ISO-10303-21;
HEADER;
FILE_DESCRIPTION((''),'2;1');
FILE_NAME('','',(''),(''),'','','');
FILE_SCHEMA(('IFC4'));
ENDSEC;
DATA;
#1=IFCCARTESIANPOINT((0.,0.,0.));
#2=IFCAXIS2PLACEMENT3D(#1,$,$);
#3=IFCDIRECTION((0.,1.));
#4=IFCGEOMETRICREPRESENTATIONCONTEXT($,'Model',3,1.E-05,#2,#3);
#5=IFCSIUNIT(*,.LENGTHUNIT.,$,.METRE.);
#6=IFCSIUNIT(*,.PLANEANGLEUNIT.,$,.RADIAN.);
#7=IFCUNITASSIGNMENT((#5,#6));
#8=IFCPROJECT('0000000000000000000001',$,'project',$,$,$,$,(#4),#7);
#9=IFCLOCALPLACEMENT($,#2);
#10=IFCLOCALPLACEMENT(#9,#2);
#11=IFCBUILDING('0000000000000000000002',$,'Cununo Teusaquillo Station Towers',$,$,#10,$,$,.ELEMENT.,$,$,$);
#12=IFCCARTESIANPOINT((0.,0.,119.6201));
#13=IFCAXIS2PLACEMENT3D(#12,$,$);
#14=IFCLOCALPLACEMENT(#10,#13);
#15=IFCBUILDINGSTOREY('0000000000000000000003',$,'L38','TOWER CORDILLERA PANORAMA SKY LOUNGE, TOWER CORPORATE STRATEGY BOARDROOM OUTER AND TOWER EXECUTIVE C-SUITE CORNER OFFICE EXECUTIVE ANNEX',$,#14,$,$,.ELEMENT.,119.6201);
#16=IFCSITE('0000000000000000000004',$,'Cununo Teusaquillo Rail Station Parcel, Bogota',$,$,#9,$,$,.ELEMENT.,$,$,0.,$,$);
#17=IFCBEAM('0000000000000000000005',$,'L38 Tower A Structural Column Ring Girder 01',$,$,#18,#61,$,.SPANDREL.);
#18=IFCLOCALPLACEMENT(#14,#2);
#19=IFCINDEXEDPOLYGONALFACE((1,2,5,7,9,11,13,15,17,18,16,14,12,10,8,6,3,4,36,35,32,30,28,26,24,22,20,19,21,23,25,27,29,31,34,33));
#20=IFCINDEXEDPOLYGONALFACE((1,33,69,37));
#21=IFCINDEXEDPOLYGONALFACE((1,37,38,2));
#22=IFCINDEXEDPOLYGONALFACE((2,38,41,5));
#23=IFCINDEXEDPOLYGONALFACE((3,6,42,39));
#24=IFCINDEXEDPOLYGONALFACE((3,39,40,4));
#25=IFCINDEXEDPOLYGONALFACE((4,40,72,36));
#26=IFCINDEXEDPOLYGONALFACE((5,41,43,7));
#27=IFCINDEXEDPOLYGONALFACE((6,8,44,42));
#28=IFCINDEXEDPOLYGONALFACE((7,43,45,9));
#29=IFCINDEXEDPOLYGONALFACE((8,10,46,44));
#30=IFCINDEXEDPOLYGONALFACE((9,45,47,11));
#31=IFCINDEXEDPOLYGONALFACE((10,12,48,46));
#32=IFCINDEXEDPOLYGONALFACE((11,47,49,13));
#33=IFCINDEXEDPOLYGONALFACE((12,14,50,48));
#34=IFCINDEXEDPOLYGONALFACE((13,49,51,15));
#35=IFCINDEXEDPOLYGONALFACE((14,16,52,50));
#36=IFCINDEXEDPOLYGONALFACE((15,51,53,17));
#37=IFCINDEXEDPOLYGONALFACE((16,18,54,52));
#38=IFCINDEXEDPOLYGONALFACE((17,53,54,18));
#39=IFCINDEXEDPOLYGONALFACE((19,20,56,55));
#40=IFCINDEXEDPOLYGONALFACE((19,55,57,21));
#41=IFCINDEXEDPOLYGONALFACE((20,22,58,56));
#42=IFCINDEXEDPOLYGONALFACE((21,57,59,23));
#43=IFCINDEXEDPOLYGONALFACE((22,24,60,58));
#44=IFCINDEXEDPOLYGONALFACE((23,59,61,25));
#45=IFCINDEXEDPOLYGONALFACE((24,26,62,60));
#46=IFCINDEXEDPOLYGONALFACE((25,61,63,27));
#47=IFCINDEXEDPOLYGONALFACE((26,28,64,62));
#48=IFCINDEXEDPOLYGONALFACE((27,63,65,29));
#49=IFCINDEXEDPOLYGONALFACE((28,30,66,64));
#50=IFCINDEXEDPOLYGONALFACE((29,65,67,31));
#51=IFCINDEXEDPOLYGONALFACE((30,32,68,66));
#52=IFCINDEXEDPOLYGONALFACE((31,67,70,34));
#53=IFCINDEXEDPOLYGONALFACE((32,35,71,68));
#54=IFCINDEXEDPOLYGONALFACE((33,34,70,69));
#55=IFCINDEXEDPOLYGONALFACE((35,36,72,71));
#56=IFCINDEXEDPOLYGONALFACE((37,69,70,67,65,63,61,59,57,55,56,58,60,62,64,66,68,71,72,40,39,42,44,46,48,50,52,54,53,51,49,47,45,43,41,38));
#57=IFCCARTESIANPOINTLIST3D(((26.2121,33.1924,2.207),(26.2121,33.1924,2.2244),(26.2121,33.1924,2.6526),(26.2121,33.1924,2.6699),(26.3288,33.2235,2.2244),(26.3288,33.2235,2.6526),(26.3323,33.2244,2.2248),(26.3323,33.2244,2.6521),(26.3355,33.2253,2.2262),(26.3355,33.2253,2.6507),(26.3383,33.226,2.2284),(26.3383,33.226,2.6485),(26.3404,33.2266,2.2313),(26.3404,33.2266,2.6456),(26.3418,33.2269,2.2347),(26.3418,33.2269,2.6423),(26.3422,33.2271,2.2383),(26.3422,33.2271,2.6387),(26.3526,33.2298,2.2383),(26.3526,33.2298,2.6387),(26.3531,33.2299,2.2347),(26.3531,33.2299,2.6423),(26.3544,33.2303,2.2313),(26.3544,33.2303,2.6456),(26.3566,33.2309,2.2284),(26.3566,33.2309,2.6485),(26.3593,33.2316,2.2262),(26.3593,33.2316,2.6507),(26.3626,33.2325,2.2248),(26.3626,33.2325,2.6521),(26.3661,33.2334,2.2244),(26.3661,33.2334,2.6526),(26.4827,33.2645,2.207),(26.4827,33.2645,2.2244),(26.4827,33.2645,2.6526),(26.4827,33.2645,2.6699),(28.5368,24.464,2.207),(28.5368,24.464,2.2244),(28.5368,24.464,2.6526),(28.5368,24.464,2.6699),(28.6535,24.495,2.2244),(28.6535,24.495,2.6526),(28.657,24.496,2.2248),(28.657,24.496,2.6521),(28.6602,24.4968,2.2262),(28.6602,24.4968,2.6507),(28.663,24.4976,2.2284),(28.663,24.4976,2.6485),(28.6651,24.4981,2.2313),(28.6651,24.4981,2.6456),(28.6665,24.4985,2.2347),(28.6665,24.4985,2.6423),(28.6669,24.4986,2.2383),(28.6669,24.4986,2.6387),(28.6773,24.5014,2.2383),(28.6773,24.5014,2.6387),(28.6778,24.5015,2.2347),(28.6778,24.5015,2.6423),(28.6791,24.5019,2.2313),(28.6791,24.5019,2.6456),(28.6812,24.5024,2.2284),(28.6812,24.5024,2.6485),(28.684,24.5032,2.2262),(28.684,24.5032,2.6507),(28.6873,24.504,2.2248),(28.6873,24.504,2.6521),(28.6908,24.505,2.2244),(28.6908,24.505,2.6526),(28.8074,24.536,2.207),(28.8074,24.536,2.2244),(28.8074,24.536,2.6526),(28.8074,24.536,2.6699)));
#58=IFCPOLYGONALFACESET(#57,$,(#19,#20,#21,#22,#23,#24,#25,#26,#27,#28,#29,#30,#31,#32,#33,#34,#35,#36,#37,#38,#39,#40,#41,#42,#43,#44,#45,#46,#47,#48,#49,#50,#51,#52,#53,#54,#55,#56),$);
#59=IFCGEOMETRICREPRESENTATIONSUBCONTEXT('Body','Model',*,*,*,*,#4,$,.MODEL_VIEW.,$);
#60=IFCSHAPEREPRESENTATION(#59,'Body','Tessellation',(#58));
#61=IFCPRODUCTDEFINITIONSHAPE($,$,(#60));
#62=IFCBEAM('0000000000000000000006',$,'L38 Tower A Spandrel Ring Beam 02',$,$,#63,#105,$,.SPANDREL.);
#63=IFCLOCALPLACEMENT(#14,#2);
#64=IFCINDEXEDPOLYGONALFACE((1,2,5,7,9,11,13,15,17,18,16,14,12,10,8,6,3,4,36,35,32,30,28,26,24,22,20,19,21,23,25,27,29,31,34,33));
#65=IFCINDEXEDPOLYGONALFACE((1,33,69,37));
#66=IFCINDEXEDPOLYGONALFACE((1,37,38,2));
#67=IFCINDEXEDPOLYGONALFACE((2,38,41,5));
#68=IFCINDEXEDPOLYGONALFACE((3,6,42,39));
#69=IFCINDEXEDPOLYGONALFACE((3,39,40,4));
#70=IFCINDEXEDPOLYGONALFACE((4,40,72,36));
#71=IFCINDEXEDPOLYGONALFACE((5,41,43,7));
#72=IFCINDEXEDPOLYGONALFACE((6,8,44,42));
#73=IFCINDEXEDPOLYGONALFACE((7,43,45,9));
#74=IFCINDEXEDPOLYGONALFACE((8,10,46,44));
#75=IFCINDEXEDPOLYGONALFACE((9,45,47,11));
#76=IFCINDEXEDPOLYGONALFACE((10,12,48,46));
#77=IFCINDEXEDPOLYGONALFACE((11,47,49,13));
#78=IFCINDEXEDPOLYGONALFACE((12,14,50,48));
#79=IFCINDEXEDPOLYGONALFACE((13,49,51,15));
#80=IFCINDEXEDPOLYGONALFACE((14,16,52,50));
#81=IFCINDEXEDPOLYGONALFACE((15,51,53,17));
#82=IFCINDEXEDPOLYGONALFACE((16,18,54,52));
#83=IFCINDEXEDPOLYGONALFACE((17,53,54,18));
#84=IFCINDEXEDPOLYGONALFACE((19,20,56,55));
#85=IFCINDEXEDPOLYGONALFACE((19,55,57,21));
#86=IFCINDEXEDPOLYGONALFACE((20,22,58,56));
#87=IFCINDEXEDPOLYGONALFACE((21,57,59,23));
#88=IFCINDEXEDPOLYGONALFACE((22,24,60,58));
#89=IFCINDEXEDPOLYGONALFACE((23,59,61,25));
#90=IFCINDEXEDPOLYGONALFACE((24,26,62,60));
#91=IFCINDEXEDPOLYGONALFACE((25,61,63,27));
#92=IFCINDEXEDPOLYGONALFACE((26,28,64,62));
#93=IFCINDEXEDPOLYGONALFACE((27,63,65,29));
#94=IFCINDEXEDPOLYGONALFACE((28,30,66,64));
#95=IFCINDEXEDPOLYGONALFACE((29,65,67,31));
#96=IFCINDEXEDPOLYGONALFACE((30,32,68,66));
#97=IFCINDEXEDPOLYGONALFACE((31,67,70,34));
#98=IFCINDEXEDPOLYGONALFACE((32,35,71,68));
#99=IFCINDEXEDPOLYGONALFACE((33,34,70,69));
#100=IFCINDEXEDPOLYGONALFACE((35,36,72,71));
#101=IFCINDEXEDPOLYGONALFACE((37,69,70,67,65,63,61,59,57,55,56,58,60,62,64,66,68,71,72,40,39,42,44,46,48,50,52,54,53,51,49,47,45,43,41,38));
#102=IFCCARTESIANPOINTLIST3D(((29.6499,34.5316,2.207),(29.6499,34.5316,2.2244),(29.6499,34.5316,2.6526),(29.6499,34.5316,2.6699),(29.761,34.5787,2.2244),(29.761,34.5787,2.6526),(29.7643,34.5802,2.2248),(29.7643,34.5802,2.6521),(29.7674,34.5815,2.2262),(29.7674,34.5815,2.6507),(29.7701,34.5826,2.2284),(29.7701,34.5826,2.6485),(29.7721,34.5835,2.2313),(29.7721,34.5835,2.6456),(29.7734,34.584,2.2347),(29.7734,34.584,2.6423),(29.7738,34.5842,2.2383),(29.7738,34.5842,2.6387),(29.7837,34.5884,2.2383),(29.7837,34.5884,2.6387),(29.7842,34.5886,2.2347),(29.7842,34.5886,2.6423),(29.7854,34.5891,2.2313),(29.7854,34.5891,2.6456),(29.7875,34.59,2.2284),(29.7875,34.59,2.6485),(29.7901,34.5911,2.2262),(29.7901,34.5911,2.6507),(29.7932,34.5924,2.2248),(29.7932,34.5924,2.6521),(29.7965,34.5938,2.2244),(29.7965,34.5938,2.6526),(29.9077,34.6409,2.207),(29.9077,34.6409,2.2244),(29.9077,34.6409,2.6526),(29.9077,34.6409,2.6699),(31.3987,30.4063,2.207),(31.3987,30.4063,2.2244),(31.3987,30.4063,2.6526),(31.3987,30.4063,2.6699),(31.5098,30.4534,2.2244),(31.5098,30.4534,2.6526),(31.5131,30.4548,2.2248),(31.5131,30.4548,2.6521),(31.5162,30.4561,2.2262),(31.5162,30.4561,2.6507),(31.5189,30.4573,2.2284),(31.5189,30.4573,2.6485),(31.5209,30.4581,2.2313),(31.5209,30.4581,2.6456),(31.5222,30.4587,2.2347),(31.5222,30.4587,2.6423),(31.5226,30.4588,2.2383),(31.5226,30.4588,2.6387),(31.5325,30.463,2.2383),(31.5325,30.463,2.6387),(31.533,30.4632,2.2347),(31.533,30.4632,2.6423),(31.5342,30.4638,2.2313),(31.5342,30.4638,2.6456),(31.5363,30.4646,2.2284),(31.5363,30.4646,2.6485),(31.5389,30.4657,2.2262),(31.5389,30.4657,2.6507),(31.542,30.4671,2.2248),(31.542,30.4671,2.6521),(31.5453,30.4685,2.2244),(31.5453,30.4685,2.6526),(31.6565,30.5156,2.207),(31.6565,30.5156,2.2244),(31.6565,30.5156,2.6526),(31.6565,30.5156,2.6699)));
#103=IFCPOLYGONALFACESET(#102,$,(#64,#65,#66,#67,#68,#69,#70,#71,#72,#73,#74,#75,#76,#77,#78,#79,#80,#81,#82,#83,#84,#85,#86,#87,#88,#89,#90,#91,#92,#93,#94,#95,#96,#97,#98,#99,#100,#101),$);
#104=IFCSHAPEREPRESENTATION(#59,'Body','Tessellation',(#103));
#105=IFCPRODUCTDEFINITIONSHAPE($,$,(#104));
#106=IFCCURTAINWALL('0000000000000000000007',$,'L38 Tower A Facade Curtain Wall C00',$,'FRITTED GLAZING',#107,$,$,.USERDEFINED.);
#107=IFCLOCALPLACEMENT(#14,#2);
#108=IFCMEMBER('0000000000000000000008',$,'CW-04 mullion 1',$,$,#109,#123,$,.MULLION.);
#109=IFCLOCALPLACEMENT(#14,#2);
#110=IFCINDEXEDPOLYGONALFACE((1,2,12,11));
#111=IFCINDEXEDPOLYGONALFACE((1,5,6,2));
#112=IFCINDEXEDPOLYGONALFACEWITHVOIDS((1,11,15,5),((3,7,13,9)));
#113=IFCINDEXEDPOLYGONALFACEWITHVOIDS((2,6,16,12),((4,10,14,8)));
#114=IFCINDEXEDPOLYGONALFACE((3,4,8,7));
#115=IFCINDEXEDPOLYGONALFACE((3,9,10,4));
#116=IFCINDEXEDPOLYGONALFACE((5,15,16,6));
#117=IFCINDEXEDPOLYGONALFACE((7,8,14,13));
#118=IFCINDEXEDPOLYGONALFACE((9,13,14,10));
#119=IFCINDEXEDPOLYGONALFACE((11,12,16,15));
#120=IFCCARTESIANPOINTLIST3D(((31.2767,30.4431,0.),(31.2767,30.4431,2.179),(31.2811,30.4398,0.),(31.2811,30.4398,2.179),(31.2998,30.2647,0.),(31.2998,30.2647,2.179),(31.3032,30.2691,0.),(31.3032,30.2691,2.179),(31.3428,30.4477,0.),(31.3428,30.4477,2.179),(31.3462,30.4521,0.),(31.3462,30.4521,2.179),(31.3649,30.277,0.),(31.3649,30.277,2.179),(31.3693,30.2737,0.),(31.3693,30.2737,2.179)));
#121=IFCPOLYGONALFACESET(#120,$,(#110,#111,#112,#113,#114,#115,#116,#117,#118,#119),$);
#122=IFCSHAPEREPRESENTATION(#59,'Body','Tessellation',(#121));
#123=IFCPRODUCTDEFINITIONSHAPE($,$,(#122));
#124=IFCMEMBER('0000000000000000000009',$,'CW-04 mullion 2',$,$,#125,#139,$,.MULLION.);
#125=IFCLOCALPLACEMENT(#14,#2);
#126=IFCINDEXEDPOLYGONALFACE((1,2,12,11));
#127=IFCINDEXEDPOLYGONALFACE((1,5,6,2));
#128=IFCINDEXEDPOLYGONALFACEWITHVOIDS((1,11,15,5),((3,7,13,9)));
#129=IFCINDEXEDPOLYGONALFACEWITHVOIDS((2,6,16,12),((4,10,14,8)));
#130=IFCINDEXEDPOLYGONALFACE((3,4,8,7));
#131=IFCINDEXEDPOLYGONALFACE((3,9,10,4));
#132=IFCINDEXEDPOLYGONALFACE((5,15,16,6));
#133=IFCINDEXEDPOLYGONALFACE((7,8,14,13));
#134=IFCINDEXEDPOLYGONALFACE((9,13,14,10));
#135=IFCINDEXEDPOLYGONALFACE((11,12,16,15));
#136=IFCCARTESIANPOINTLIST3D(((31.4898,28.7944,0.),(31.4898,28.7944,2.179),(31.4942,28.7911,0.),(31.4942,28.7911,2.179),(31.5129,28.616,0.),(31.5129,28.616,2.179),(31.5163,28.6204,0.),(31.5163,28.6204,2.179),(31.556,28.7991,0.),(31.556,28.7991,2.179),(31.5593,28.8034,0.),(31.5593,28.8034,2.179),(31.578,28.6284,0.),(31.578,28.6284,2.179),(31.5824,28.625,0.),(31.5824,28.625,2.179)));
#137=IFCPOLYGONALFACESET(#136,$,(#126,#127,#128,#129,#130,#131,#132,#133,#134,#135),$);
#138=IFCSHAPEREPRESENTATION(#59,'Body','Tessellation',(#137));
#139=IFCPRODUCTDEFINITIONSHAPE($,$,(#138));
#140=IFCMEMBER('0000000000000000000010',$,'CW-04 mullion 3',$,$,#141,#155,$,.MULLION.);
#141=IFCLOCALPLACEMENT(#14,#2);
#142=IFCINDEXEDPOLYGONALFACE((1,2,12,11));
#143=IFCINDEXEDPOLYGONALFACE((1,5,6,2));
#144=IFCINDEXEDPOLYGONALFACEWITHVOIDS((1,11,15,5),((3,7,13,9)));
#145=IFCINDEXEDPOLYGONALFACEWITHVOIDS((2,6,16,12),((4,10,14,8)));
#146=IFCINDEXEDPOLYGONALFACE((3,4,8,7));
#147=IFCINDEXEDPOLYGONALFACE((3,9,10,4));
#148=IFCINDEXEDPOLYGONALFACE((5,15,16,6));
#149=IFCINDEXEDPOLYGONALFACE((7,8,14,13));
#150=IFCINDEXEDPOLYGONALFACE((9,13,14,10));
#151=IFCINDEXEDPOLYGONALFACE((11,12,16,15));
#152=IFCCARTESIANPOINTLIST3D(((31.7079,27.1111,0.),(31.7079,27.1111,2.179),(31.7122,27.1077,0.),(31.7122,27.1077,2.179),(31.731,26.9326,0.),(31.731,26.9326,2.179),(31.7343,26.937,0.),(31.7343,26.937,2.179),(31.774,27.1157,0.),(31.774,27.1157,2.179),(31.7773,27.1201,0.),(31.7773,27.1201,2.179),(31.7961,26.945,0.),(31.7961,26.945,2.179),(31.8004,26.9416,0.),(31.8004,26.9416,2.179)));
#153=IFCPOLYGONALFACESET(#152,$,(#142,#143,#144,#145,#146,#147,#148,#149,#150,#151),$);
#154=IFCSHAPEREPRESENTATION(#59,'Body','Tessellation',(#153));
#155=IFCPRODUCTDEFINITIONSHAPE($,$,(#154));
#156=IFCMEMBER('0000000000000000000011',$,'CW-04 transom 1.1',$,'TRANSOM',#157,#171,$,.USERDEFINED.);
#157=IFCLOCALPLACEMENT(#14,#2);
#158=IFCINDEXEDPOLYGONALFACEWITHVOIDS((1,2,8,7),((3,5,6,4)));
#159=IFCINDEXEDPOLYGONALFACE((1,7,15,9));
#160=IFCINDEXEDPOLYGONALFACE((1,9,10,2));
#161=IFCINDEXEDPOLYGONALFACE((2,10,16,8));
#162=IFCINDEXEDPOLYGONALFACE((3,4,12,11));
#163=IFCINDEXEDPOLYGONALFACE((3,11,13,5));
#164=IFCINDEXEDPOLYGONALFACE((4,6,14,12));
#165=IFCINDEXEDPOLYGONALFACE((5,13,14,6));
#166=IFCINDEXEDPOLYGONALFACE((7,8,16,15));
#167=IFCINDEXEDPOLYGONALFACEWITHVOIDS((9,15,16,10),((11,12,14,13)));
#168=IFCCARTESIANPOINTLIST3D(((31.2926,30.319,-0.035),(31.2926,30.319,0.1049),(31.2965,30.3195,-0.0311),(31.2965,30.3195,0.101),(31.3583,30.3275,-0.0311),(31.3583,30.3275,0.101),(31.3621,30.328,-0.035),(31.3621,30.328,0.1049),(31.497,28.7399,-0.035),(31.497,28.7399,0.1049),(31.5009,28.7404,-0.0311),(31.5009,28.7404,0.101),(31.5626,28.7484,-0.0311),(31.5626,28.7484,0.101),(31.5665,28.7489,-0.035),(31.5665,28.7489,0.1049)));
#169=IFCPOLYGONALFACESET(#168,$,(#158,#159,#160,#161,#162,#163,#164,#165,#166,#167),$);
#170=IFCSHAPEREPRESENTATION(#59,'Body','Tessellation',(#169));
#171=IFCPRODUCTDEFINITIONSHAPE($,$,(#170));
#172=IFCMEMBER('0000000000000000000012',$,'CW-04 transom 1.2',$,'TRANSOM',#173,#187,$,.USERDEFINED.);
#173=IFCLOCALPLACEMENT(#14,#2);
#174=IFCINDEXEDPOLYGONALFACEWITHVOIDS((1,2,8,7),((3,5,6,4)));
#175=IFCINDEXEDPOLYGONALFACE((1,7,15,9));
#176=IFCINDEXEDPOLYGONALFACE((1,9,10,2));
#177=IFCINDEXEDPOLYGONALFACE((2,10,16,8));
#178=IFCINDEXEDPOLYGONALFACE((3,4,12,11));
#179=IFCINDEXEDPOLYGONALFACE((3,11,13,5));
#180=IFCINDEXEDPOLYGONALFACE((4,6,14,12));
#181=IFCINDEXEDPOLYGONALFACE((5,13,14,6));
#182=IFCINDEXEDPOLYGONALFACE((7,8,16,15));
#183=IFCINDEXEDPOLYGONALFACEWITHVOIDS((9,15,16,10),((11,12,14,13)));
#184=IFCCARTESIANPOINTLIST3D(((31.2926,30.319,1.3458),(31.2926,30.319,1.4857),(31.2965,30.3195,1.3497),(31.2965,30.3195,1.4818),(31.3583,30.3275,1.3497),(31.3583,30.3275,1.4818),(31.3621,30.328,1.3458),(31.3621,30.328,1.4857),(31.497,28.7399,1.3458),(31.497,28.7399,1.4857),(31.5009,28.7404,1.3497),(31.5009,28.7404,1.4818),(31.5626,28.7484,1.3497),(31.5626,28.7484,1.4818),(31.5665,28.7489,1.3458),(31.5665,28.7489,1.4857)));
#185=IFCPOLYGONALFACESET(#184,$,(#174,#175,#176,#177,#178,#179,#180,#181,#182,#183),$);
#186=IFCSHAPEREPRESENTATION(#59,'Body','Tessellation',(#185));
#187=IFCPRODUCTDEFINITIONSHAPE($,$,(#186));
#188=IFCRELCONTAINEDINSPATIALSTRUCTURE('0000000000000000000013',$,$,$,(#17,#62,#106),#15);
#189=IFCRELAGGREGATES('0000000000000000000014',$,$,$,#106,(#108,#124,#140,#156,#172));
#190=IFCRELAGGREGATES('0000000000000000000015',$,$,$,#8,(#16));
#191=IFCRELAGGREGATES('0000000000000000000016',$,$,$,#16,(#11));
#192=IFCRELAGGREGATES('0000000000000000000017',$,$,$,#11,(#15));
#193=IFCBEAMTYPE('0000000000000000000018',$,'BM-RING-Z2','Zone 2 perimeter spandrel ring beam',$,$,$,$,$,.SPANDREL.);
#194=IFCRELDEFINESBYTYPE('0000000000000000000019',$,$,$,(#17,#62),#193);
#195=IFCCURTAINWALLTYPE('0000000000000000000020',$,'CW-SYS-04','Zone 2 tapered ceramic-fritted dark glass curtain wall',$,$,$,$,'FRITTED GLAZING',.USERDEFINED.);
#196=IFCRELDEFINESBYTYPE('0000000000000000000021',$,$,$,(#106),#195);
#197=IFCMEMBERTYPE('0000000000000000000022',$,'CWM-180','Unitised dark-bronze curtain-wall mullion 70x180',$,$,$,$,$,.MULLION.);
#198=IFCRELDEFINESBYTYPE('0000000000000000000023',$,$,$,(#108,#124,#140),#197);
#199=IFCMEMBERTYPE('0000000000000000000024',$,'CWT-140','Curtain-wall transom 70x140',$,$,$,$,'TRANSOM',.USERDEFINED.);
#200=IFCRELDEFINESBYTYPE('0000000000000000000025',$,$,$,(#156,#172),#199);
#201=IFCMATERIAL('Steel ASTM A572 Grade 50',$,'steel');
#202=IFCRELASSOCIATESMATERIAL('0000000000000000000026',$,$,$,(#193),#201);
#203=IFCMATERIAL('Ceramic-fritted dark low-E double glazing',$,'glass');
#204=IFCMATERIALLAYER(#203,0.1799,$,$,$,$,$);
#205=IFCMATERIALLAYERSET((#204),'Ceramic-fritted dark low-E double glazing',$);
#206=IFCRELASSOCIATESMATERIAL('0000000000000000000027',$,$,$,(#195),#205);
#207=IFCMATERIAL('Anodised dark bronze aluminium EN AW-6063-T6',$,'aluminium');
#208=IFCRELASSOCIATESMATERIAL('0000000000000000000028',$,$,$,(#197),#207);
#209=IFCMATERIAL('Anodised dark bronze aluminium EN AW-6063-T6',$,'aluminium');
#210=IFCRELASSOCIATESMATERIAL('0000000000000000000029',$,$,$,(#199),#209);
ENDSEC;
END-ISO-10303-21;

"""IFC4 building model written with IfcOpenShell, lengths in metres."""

from ifc_helpers import new_model, si_unit, direction, frame, origin, origin_2d, place, context, subcontext, project, spatial, hollow_rectangle, i_section, extrude, material, layer, layer_set, material_profile, profile_set, type_object, element, aggregate, save


model = new_model("IFC4")

# Units and contexts
model_context = context("Model", 3, precision=1e-05, world=origin(), true_north=direction((0.0, 1.0)))
body_context = subcontext(model_context, "Body", "Model", "MODEL_VIEW")
ifc_project = project(units=[si_unit("LENGTHUNIT", "METRE"), si_unit("PLANEANGLEUNIT", "RADIAN")], contexts=[model_context])

# Site, building, storey
site_placement = place(None, origin())
site = spatial("IfcSite", under=ifc_project, at=site_placement, Name="Cununo Teusaquillo Rail Station Parcel, Bogota", CompositionType="ELEMENT", RefElevation=0.0)
building_placement = place(site_placement, origin())
building = spatial("IfcBuilding", under=site, at=building_placement, Name="Cununo Teusaquillo Station Towers", CompositionType="ELEMENT")
storey_placement = place(building_placement, frame((0.0, 0.0, 119.6201)))
storey = spatial("IfcBuildingStorey", under=building, at=storey_placement, Name="L38", Description="TOWER CORDILLERA PANORAMA SKY LOUNGE, TOWER CORPORATE STRATEGY BOARDROOM OUTER AND TOWER EXECUTIVE C-SUITE CORNER OFFICE EXECUTIVE ANNEX", CompositionType="ELEMENT", Elevation=119.6201)

# Beams
ifc_material_1 = material(Name="Steel ASTM A572 Grade 50", Category="steel")
ifc_material_profile_1 = material_profile(ifc_material_1, i_section(OverallWidth=0.28, OverallDepth=0.4629, WebThickness=0.0107, FlangeThickness=0.0173, FilletRadius=0.0139, at=origin_2d()), Name="W18X76")
ifc_profile_set_1 = profile_set([ifc_material_profile_1], Name="Steel ASTM A572 Grade 50")
beam_type_1 = type_object("IfcBeamType", Name="BM-RING-Z2", Description="Zone 2 perimeter spandrel ring beam", PredefinedType="SPANDREL", material=ifc_profile_set_1)
beam_1_placement = place(storey_placement, frame((28.6721, 24.5, 2.4385), z_axis=(-0.257363, 0.966315, 0.0), x_axis=(-0.966315, -0.257363, 0.0)))
element("IfcBeam", 1, at=beam_1_placement, inside=storey, type_object=beam_type_1, Name="L38 Tower A Structural Column Ring Girder 01", PredefinedType="SPANDREL", context=body_context, shape_type="SweptSolid", body=[
    extrude(i_section(OverallWidth=0.28, OverallDepth=0.4629, WebThickness=0.0107, FlangeThickness=0.0173, FilletRadius=0.0139, at=origin_2d()), origin(), (0.0, 0.0, 1.0), 9.0327),
])
beam_2_placement = place(storey_placement, frame((31.5276, 30.4609, 2.4385), z_axis=(-0.390299, 0.920688, 0.0), x_axis=(-0.920688, -0.390299, 0.0)))
element("IfcBeam", 2, at=beam_2_placement, inside=storey, type_object=beam_type_1, Name="L38 Tower A Spandrel Ring Beam 02", PredefinedType="SPANDREL", context=body_context, shape_type="SweptSolid", body=[
    extrude(i_section(OverallWidth=0.28, OverallDepth=0.4629, WebThickness=0.0107, FlangeThickness=0.0173, FilletRadius=0.0139, at=origin_2d()), origin(), (0.0, 0.0, 1.0), 4.4807),
])

# Curtain wall, members
ifc_material_2 = material(Name="Ceramic-fritted dark low-E double glazing", Category="glass")
ifc_layer_1 = layer(ifc_material_2, 0.1799)
ifc_layer_set_1 = layer_set([ifc_layer_1], Name="Ceramic-fritted dark low-E double glazing")
curtain_wall_type = type_object("IfcCurtainWallType", Name="CW-SYS-04", Description="Zone 2 tapered ceramic-fritted dark glass curtain wall", ElementType="FRITTED GLAZING", PredefinedType="USERDEFINED", material=ifc_layer_set_1)
curtain_wall_placement = place(storey_placement, origin())
curtain_wall = element("IfcCurtainWall", 3, at=curtain_wall_placement, inside=storey, type_object=curtain_wall_type, Name="L38 Tower A Facade Curtain Wall C00", ObjectType="FRITTED GLAZING", PredefinedType="USERDEFINED")
ifc_material_3 = material(Name="Anodised dark bronze aluminium EN AW-6063-T6", Category="aluminium")
ifc_material_profile_2 = material_profile(ifc_material_3, hollow_rectangle(XDim=0.0701, YDim=0.1799, WallThickness=0.0039, at=origin_2d()), Name="CW-MULL-70x180")
ifc_profile_set_2 = profile_set([ifc_material_profile_2], Name="Anodised dark bronze aluminium EN AW-6063-T6")
member_type_1 = type_object("IfcMemberType", Name="CWM-180", Description="Unitised dark-bronze curtain-wall mullion 70x180", PredefinedType="MULLION", material=ifc_profile_set_2)
member_1_placement = place(storey_placement, frame((31.323, 30.3584, 0.0), z_axis=(0.0, 0.0, 1.0), x_axis=(0.991731, 0.128336, 0.0)))
member_1 = element("IfcMember", 4, at=member_1_placement, type_object=member_type_1, Name="CW-04 mullion 1", PredefinedType="MULLION", context=body_context, shape_type="SweptSolid", body=[
    extrude(hollow_rectangle(XDim=0.0701, YDim=0.1799, WallThickness=0.0039, at=origin_2d()), origin(), (0.0, 0.0, 1.0), 2.179),
])
member_2_placement = place(storey_placement, frame((31.5361, 28.7097, 0.0), z_axis=(0.0, 0.0, 1.0), x_axis=(0.991731, 0.128336, 0.0)))
member_2 = element("IfcMember", 5, at=member_2_placement, type_object=member_type_1, Name="CW-04 mullion 2", PredefinedType="MULLION", context=body_context, shape_type="SweptSolid", body=[
    extrude(hollow_rectangle(XDim=0.0701, YDim=0.1799, WallThickness=0.0039, at=origin_2d()), origin(), (0.0, 0.0, 1.0), 2.179),
])
member_3_placement = place(storey_placement, frame((31.7542, 27.0264, 0.0), z_axis=(0.0, 0.0, 1.0), x_axis=(0.991731, 0.128336, 0.0)))
member_3 = element("IfcMember", 6, at=member_3_placement, type_object=member_type_1, Name="CW-04 mullion 3", PredefinedType="MULLION", context=body_context, shape_type="SweptSolid", body=[
    extrude(hollow_rectangle(XDim=0.0701, YDim=0.1799, WallThickness=0.0039, at=origin_2d()), origin(), (0.0, 0.0, 1.0), 2.179),
])
ifc_material_4 = material(Name="Anodised dark bronze aluminium EN AW-6063-T6", Category="aluminium")
ifc_material_profile_3 = material_profile(ifc_material_4, hollow_rectangle(XDim=0.0701, YDim=0.1399, WallThickness=0.0039, at=origin_2d()), Name="CW-TRAN-70x140")
ifc_profile_set_3 = profile_set([ifc_material_profile_3], Name="Anodised dark bronze aluminium EN AW-6063-T6")
member_type_2 = type_object("IfcMemberType", Name="CWT-140", Description="Curtain-wall transom 70x140", ElementType="TRANSOM", PredefinedType="USERDEFINED", material=ifc_profile_set_3)
member_4_placement = place(storey_placement, frame((31.3274, 30.3235, 0.0349), z_axis=(0.128336, -0.991731, 0.0), x_axis=(0.991731, 0.128336, 0.0)))
member_4 = element("IfcMember", 7, at=member_4_placement, type_object=member_type_2, Name="CW-04 transom 1.1", ObjectType="TRANSOM", PredefinedType="USERDEFINED", context=body_context, shape_type="SweptSolid", body=[
    extrude(hollow_rectangle(XDim=0.0701, YDim=0.1399, WallThickness=0.0039, at=origin_2d()), origin(), (0.0, 0.0, 1.0), 1.5923),
])
member_5_placement = place(storey_placement, frame((31.3274, 30.3235, 1.4158), z_axis=(0.128336, -0.991731, 0.0), x_axis=(0.991731, 0.128336, 0.0)))
member_5 = element("IfcMember", 8, at=member_5_placement, type_object=member_type_2, Name="CW-04 transom 1.2", ObjectType="TRANSOM", PredefinedType="USERDEFINED", context=body_context, shape_type="SweptSolid", body=[
    extrude(hollow_rectangle(XDim=0.0701, YDim=0.1399, WallThickness=0.0039, at=origin_2d()), origin(), (0.0, 0.0, 1.0), 1.5923),
])
aggregate(curtain_wall, [member_1, member_2, member_3, member_4, member_5])

save(model, "model.ifc")
